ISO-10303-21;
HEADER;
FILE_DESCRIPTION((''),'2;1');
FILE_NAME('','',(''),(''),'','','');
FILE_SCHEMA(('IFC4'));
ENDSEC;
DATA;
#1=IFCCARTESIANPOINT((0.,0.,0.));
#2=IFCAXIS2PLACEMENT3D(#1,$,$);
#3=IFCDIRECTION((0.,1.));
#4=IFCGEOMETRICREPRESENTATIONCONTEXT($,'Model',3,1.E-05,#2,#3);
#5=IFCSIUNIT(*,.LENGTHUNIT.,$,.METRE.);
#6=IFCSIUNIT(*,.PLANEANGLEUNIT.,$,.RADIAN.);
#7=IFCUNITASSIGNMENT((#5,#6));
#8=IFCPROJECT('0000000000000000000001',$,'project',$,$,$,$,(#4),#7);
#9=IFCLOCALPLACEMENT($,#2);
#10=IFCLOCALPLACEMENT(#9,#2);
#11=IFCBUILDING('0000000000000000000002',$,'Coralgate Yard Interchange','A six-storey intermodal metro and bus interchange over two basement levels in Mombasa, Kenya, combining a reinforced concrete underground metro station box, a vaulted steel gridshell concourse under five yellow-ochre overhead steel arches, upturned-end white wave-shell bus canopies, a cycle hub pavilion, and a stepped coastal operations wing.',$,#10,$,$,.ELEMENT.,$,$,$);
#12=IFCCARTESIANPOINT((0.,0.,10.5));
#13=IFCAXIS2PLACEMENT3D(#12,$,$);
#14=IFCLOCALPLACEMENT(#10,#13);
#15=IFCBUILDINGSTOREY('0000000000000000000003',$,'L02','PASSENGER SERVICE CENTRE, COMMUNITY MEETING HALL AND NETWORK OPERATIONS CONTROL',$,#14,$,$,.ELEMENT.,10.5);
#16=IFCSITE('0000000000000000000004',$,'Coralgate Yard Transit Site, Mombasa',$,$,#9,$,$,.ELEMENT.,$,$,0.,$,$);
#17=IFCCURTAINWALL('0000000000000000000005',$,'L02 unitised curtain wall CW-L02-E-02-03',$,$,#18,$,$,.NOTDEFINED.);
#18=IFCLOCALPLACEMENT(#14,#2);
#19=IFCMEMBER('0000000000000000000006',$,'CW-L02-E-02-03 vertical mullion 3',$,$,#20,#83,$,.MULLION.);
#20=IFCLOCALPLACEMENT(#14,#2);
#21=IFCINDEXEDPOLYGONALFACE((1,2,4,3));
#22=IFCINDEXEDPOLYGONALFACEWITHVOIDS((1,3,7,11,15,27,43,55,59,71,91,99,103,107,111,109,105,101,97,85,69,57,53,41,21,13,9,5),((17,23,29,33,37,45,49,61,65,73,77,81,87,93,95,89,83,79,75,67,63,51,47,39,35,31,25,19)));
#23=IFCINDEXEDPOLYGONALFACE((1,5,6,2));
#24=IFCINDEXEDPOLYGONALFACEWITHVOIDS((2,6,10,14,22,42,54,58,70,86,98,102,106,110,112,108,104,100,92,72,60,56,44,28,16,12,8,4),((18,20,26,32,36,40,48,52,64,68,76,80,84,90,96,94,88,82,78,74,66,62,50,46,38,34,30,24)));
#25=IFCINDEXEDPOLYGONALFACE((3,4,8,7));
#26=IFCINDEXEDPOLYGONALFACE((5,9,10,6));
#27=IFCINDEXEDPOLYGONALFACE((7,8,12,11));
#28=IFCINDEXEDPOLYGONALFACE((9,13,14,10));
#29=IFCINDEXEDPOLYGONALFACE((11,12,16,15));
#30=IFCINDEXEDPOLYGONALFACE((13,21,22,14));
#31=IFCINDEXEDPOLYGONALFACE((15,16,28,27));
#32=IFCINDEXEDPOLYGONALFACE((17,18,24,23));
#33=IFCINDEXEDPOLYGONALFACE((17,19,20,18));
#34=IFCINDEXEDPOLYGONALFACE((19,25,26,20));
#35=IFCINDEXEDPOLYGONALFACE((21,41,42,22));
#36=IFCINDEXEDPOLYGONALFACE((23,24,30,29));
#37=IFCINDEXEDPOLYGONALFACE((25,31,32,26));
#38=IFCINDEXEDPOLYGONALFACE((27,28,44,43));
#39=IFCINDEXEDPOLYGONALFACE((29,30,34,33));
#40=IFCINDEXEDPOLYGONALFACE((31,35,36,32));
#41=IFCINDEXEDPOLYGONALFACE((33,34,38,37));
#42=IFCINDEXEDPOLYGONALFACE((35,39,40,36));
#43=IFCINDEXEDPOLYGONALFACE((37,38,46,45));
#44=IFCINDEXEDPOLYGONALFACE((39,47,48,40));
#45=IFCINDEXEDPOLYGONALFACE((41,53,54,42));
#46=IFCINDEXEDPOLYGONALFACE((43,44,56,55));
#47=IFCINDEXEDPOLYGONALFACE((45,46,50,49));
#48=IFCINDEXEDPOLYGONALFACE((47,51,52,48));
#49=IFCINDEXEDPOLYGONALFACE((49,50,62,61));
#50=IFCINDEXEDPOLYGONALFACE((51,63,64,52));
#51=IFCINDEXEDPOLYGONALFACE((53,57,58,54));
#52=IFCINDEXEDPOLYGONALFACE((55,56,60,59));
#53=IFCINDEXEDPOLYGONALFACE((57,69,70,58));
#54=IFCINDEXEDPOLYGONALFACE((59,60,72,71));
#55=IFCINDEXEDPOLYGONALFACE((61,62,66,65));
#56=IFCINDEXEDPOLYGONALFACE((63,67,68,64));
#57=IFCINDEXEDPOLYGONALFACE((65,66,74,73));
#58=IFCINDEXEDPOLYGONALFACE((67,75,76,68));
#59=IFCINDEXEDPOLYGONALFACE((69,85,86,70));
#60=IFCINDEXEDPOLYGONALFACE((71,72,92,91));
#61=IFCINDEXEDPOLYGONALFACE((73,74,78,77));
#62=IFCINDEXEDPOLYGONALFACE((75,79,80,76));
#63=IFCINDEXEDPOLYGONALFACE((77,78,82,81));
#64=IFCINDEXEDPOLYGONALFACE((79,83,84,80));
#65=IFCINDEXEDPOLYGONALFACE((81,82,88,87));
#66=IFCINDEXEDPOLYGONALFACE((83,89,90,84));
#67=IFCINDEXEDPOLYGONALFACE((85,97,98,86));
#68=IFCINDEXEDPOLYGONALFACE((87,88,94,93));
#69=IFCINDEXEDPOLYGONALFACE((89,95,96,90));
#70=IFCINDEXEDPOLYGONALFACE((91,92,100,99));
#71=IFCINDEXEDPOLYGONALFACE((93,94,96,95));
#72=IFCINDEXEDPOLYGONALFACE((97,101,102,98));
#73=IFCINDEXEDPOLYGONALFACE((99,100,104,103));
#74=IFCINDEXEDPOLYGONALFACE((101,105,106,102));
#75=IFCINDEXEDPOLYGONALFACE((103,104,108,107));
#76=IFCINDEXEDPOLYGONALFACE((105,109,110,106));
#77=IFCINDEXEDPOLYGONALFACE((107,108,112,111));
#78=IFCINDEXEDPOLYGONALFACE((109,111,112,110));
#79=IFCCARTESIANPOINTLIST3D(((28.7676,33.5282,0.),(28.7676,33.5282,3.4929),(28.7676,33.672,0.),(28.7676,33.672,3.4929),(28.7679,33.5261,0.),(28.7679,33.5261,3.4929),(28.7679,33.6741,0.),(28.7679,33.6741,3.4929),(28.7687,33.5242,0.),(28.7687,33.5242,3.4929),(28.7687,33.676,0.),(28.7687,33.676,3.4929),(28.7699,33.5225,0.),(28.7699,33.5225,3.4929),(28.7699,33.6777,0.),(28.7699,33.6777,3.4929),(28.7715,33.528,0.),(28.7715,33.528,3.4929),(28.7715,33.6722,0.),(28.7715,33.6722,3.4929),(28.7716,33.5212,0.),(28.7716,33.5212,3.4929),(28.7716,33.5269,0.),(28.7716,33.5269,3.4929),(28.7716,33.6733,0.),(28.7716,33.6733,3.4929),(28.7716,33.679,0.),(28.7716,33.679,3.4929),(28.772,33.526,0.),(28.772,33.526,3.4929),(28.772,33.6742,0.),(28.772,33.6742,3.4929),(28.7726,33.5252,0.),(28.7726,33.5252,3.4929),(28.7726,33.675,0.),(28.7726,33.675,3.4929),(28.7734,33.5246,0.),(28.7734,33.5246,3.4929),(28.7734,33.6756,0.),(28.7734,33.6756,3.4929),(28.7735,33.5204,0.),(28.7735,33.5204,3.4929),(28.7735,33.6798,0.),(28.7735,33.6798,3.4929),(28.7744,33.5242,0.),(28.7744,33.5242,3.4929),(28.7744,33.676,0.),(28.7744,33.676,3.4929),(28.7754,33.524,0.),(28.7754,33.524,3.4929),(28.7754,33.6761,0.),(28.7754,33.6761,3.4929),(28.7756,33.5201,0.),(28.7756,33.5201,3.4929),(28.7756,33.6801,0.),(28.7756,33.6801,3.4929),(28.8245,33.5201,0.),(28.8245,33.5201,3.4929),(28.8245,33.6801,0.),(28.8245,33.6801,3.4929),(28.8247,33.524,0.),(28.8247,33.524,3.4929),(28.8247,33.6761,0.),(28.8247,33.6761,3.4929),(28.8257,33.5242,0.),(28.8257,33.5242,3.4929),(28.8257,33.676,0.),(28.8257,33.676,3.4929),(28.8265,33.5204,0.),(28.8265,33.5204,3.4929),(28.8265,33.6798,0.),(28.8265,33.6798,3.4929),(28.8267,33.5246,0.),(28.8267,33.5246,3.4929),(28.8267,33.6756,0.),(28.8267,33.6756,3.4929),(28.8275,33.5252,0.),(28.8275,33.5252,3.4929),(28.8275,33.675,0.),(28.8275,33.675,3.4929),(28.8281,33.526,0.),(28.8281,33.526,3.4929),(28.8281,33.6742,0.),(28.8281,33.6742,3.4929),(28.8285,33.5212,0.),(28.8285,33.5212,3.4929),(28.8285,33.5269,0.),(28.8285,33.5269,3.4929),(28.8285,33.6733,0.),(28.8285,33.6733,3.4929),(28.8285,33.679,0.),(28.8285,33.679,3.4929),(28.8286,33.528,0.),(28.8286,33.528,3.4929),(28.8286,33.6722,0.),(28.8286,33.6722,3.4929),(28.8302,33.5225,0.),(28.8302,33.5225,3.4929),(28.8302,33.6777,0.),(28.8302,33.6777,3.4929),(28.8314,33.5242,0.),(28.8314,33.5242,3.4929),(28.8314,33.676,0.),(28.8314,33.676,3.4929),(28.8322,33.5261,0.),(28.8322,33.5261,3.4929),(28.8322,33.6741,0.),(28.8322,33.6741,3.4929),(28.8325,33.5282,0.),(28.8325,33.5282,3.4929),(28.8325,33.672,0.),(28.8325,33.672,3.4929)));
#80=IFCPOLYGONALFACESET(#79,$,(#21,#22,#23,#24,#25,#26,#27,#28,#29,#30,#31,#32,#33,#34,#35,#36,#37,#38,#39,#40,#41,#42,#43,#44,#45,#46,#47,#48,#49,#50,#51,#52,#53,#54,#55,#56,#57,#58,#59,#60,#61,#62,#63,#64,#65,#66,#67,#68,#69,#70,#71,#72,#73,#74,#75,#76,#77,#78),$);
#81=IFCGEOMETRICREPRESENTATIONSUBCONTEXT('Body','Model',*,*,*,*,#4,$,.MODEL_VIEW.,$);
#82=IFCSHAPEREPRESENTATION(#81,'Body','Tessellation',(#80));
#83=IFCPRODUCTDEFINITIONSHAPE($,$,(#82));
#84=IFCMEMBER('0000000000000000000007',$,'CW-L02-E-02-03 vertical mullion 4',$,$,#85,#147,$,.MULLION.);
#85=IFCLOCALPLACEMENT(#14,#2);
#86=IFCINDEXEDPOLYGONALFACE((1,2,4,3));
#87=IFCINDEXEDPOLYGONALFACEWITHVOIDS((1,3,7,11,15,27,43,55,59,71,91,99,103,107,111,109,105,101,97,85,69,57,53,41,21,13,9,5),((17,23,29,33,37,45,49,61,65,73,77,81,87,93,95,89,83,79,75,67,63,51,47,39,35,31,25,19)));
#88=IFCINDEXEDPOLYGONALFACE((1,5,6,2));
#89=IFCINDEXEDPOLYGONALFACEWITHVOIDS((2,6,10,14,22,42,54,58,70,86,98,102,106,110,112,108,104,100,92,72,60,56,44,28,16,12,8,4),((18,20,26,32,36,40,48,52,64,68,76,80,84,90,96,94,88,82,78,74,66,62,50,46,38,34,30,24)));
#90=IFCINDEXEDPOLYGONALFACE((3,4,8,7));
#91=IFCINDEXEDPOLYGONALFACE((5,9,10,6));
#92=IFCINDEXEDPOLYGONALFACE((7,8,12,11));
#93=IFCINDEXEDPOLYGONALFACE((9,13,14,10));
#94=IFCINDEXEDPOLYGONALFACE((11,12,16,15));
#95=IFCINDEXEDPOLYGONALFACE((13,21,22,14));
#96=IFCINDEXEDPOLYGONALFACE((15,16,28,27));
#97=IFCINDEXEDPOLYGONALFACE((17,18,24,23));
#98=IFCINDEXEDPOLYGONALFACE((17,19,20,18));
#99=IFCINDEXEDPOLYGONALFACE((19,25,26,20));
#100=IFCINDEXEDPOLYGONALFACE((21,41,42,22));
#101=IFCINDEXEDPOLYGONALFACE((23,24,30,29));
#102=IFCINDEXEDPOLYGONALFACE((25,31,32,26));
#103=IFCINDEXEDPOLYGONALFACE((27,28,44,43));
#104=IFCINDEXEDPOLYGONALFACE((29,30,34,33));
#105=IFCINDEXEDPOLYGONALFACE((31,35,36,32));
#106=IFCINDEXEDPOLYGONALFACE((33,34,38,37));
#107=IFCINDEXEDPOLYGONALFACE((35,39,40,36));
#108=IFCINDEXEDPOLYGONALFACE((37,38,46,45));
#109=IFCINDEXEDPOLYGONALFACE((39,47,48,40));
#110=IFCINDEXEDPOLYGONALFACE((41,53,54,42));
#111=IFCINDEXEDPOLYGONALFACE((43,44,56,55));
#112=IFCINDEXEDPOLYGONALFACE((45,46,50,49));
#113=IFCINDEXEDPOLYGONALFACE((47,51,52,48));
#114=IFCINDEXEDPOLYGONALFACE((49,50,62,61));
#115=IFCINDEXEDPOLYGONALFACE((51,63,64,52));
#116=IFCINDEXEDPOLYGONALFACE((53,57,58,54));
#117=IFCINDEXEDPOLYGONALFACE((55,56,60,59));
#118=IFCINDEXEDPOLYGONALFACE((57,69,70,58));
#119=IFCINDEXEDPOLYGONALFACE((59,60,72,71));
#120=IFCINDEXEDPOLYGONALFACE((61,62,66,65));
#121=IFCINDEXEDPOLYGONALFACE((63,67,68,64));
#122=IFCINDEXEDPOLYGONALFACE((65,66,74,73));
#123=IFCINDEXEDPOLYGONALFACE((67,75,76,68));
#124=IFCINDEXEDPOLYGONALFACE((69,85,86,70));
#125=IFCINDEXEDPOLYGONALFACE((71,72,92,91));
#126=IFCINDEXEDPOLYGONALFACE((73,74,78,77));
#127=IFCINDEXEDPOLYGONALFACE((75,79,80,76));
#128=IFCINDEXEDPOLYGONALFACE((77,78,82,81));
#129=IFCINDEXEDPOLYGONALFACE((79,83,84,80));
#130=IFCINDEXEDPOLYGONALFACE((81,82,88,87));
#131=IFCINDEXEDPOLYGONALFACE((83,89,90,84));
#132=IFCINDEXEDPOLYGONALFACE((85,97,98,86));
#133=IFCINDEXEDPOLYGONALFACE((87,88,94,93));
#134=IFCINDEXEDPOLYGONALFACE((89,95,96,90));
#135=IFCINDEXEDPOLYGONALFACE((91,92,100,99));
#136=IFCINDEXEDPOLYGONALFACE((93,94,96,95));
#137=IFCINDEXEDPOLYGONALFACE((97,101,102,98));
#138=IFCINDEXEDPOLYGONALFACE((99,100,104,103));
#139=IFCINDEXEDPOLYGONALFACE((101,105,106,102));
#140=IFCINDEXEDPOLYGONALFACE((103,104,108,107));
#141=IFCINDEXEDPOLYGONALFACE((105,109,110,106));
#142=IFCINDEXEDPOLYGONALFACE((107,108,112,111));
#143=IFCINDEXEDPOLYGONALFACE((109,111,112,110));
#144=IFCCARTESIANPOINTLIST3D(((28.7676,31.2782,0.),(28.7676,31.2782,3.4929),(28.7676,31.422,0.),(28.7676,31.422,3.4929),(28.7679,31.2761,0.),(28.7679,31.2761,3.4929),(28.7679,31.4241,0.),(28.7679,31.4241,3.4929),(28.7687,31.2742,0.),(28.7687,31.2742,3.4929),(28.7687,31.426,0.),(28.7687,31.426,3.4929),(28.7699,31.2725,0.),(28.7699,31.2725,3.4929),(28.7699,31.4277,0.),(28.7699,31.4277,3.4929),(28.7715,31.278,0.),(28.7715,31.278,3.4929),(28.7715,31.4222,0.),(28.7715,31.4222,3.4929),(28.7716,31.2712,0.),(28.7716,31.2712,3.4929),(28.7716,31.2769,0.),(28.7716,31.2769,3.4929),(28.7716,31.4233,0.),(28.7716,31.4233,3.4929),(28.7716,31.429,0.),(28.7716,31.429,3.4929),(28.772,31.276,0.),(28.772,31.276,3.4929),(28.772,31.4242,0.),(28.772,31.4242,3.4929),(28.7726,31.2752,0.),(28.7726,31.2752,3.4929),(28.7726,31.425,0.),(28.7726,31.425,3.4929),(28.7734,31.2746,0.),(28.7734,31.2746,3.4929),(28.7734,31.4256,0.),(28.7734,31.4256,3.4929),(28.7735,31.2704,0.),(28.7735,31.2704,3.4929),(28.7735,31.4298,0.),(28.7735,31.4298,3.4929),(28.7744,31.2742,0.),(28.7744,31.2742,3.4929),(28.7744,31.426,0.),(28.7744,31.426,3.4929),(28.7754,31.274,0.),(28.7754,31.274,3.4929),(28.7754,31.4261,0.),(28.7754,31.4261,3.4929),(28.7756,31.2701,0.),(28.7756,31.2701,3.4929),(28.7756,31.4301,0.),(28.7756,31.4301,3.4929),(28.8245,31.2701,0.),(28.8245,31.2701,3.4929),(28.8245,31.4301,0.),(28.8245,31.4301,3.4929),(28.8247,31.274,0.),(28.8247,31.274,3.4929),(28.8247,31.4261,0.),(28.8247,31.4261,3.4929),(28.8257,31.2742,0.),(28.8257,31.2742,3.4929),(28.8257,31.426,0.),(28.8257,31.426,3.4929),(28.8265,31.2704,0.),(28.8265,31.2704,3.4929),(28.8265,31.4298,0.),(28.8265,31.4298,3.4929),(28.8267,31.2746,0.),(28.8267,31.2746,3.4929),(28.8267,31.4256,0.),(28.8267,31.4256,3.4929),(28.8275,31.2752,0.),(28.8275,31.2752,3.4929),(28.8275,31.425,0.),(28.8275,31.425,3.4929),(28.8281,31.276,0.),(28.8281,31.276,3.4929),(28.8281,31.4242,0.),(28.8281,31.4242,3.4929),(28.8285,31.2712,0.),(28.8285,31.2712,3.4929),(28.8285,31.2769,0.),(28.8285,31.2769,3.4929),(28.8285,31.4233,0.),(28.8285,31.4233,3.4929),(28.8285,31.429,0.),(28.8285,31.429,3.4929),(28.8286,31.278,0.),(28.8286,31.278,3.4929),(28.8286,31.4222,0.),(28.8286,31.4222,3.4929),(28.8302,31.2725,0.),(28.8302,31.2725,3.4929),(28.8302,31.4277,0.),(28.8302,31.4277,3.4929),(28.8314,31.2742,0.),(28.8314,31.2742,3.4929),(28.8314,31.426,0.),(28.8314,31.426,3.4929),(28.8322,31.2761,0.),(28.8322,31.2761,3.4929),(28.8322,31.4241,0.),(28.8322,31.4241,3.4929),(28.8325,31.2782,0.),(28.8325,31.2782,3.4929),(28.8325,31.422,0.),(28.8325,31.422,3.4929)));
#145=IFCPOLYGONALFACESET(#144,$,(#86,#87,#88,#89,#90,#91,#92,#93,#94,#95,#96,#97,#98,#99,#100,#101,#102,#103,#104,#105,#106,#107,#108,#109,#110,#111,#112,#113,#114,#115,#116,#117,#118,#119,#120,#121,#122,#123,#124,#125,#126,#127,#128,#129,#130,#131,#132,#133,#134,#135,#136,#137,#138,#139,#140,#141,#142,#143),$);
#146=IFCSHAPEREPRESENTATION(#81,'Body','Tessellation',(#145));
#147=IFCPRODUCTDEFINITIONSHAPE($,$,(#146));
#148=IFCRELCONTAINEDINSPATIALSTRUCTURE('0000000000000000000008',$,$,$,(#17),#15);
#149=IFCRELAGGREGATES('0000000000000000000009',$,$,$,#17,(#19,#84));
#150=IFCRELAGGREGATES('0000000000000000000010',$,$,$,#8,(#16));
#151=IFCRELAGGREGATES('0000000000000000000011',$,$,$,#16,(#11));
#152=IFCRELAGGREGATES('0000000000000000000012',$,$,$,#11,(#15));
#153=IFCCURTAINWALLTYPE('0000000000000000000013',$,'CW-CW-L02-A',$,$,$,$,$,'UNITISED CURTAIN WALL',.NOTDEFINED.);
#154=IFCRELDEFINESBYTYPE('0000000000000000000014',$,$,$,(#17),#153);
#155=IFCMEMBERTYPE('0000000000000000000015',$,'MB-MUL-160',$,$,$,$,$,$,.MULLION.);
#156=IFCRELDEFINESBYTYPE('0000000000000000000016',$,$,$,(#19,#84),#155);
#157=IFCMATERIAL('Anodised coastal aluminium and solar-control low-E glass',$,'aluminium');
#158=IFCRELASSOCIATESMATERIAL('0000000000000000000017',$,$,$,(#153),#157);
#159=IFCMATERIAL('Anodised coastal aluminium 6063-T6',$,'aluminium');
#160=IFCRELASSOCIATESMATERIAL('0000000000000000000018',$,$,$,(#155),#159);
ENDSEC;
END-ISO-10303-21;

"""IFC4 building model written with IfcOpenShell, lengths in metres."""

from ifc_helpers import new_model, si_unit, direction, frame, origin, origin_2d, place, context, subcontext, project, spatial, hollow_rectangle, extrude, material, material_profile, profile_set, type_object, element, aggregate, save


model = new_model("IFC4")

# Units and contexts
model_context = context("Model", 3, precision=1e-05, world=origin(), true_north=direction((0.0, 1.0)))
body_context = subcontext(model_context, "Body", "Model", "MODEL_VIEW")
ifc_project = project(units=[si_unit("LENGTHUNIT", "METRE"), si_unit("PLANEANGLEUNIT", "RADIAN")], contexts=[model_context])

# Site, building, storey
site_placement = place(None, origin())
site = spatial("IfcSite", under=ifc_project, at=site_placement, Name="Coralgate Yard Transit Site, Mombasa", CompositionType="ELEMENT", RefElevation=0.0)
building_placement = place(site_placement, origin())
building = spatial("IfcBuilding", under=site, at=building_placement, Name="Coralgate Yard Interchange", Description="A six-storey intermodal metro and bus interchange over two basement levels in Mombasa, Kenya, combining a reinforced concrete underground metro station box, a vaulted steel gridshell concourse under five yellow-ochre overhead steel arches, upturned-end white wave-shell bus canopies, a cycle hub pavilion, and a stepped coastal operations wing.", CompositionType="ELEMENT")
storey_placement = place(building_placement, frame((0.0, 0.0, 10.5)))
storey = spatial("IfcBuildingStorey", under=building, at=storey_placement, Name="L02", Description="PASSENGER SERVICE CENTRE, COMMUNITY MEETING HALL AND NETWORK OPERATIONS CONTROL", CompositionType="ELEMENT", Elevation=10.5)

# Shared definitions
ifc_material_1 = material(Name="Anodised coastal aluminium and solar-control low-E glass", Category="aluminium")
curtain_wall_type = type_object("IfcCurtainWallType", Name="CW-CW-L02-A", ElementType="UNITISED CURTAIN WALL", PredefinedType="NOTDEFINED", material=ifc_material_1)
ifc_material_2 = material(Name="Anodised coastal aluminium 6063-T6", Category="aluminium")
ifc_material_profile_1 = material_profile(ifc_material_2, hollow_rectangle(XDim=0.0649, YDim=0.1599, WallThickness=0.0039, InnerFilletRadius=0.0039, OuterFilletRadius=0.0081, at=origin_2d()), Name="ALU 65x160x4")
ifc_profile_set_1 = profile_set([ifc_material_profile_1], Name="Anodised coastal aluminium 6063-T6")
member_type_1 = type_object("IfcMemberType", Name="MB-MUL-160", PredefinedType="MULLION", material=ifc_profile_set_1)

# Curtain wall, members
curtain_wall_1_placement = place(storey_placement, origin())
curtain_wall_1 = element("IfcCurtainWall", 1, at=curtain_wall_1_placement, inside=storey, type_object=curtain_wall_type, Name="L02 unitised curtain wall CW-L02-E-02-03", PredefinedType="NOTDEFINED")
member_1_placement = place(storey_placement, frame((28.8, 33.6001, 0.0), z_axis=(0.0, 0.0, 1.0), x_axis=(1.0, 0.0, 0.0)))
member_1 = element("IfcMember", 2, at=member_1_placement, type_object=member_type_1, Name="CW-L02-E-02-03 vertical mullion 3", PredefinedType="MULLION", context=body_context, shape_type="SweptSolid", body=[
    extrude(hollow_rectangle(XDim=0.0649, YDim=0.1599, WallThickness=0.0039, InnerFilletRadius=0.0039, OuterFilletRadius=0.0081, at=origin_2d()), origin(), (0.0, 0.0, 1.0), 3.4929),
])
member_2_placement = place(storey_placement, frame((28.8, 31.3501, 0.0), z_axis=(0.0, 0.0, 1.0), x_axis=(1.0, 0.0, 0.0)))
member_2 = element("IfcMember", 3, at=member_2_placement, type_object=member_type_1, Name="CW-L02-E-02-03 vertical mullion 4", PredefinedType="MULLION", context=body_context, shape_type="SweptSolid", body=[
    extrude(hollow_rectangle(XDim=0.0649, YDim=0.1599, WallThickness=0.0039, InnerFilletRadius=0.0039, OuterFilletRadius=0.0081, at=origin_2d()), origin(), (0.0, 0.0, 1.0), 3.4929),
])

aggregate(curtain_wall_1, [member_1, member_2])

save(model, "model.ifc")
